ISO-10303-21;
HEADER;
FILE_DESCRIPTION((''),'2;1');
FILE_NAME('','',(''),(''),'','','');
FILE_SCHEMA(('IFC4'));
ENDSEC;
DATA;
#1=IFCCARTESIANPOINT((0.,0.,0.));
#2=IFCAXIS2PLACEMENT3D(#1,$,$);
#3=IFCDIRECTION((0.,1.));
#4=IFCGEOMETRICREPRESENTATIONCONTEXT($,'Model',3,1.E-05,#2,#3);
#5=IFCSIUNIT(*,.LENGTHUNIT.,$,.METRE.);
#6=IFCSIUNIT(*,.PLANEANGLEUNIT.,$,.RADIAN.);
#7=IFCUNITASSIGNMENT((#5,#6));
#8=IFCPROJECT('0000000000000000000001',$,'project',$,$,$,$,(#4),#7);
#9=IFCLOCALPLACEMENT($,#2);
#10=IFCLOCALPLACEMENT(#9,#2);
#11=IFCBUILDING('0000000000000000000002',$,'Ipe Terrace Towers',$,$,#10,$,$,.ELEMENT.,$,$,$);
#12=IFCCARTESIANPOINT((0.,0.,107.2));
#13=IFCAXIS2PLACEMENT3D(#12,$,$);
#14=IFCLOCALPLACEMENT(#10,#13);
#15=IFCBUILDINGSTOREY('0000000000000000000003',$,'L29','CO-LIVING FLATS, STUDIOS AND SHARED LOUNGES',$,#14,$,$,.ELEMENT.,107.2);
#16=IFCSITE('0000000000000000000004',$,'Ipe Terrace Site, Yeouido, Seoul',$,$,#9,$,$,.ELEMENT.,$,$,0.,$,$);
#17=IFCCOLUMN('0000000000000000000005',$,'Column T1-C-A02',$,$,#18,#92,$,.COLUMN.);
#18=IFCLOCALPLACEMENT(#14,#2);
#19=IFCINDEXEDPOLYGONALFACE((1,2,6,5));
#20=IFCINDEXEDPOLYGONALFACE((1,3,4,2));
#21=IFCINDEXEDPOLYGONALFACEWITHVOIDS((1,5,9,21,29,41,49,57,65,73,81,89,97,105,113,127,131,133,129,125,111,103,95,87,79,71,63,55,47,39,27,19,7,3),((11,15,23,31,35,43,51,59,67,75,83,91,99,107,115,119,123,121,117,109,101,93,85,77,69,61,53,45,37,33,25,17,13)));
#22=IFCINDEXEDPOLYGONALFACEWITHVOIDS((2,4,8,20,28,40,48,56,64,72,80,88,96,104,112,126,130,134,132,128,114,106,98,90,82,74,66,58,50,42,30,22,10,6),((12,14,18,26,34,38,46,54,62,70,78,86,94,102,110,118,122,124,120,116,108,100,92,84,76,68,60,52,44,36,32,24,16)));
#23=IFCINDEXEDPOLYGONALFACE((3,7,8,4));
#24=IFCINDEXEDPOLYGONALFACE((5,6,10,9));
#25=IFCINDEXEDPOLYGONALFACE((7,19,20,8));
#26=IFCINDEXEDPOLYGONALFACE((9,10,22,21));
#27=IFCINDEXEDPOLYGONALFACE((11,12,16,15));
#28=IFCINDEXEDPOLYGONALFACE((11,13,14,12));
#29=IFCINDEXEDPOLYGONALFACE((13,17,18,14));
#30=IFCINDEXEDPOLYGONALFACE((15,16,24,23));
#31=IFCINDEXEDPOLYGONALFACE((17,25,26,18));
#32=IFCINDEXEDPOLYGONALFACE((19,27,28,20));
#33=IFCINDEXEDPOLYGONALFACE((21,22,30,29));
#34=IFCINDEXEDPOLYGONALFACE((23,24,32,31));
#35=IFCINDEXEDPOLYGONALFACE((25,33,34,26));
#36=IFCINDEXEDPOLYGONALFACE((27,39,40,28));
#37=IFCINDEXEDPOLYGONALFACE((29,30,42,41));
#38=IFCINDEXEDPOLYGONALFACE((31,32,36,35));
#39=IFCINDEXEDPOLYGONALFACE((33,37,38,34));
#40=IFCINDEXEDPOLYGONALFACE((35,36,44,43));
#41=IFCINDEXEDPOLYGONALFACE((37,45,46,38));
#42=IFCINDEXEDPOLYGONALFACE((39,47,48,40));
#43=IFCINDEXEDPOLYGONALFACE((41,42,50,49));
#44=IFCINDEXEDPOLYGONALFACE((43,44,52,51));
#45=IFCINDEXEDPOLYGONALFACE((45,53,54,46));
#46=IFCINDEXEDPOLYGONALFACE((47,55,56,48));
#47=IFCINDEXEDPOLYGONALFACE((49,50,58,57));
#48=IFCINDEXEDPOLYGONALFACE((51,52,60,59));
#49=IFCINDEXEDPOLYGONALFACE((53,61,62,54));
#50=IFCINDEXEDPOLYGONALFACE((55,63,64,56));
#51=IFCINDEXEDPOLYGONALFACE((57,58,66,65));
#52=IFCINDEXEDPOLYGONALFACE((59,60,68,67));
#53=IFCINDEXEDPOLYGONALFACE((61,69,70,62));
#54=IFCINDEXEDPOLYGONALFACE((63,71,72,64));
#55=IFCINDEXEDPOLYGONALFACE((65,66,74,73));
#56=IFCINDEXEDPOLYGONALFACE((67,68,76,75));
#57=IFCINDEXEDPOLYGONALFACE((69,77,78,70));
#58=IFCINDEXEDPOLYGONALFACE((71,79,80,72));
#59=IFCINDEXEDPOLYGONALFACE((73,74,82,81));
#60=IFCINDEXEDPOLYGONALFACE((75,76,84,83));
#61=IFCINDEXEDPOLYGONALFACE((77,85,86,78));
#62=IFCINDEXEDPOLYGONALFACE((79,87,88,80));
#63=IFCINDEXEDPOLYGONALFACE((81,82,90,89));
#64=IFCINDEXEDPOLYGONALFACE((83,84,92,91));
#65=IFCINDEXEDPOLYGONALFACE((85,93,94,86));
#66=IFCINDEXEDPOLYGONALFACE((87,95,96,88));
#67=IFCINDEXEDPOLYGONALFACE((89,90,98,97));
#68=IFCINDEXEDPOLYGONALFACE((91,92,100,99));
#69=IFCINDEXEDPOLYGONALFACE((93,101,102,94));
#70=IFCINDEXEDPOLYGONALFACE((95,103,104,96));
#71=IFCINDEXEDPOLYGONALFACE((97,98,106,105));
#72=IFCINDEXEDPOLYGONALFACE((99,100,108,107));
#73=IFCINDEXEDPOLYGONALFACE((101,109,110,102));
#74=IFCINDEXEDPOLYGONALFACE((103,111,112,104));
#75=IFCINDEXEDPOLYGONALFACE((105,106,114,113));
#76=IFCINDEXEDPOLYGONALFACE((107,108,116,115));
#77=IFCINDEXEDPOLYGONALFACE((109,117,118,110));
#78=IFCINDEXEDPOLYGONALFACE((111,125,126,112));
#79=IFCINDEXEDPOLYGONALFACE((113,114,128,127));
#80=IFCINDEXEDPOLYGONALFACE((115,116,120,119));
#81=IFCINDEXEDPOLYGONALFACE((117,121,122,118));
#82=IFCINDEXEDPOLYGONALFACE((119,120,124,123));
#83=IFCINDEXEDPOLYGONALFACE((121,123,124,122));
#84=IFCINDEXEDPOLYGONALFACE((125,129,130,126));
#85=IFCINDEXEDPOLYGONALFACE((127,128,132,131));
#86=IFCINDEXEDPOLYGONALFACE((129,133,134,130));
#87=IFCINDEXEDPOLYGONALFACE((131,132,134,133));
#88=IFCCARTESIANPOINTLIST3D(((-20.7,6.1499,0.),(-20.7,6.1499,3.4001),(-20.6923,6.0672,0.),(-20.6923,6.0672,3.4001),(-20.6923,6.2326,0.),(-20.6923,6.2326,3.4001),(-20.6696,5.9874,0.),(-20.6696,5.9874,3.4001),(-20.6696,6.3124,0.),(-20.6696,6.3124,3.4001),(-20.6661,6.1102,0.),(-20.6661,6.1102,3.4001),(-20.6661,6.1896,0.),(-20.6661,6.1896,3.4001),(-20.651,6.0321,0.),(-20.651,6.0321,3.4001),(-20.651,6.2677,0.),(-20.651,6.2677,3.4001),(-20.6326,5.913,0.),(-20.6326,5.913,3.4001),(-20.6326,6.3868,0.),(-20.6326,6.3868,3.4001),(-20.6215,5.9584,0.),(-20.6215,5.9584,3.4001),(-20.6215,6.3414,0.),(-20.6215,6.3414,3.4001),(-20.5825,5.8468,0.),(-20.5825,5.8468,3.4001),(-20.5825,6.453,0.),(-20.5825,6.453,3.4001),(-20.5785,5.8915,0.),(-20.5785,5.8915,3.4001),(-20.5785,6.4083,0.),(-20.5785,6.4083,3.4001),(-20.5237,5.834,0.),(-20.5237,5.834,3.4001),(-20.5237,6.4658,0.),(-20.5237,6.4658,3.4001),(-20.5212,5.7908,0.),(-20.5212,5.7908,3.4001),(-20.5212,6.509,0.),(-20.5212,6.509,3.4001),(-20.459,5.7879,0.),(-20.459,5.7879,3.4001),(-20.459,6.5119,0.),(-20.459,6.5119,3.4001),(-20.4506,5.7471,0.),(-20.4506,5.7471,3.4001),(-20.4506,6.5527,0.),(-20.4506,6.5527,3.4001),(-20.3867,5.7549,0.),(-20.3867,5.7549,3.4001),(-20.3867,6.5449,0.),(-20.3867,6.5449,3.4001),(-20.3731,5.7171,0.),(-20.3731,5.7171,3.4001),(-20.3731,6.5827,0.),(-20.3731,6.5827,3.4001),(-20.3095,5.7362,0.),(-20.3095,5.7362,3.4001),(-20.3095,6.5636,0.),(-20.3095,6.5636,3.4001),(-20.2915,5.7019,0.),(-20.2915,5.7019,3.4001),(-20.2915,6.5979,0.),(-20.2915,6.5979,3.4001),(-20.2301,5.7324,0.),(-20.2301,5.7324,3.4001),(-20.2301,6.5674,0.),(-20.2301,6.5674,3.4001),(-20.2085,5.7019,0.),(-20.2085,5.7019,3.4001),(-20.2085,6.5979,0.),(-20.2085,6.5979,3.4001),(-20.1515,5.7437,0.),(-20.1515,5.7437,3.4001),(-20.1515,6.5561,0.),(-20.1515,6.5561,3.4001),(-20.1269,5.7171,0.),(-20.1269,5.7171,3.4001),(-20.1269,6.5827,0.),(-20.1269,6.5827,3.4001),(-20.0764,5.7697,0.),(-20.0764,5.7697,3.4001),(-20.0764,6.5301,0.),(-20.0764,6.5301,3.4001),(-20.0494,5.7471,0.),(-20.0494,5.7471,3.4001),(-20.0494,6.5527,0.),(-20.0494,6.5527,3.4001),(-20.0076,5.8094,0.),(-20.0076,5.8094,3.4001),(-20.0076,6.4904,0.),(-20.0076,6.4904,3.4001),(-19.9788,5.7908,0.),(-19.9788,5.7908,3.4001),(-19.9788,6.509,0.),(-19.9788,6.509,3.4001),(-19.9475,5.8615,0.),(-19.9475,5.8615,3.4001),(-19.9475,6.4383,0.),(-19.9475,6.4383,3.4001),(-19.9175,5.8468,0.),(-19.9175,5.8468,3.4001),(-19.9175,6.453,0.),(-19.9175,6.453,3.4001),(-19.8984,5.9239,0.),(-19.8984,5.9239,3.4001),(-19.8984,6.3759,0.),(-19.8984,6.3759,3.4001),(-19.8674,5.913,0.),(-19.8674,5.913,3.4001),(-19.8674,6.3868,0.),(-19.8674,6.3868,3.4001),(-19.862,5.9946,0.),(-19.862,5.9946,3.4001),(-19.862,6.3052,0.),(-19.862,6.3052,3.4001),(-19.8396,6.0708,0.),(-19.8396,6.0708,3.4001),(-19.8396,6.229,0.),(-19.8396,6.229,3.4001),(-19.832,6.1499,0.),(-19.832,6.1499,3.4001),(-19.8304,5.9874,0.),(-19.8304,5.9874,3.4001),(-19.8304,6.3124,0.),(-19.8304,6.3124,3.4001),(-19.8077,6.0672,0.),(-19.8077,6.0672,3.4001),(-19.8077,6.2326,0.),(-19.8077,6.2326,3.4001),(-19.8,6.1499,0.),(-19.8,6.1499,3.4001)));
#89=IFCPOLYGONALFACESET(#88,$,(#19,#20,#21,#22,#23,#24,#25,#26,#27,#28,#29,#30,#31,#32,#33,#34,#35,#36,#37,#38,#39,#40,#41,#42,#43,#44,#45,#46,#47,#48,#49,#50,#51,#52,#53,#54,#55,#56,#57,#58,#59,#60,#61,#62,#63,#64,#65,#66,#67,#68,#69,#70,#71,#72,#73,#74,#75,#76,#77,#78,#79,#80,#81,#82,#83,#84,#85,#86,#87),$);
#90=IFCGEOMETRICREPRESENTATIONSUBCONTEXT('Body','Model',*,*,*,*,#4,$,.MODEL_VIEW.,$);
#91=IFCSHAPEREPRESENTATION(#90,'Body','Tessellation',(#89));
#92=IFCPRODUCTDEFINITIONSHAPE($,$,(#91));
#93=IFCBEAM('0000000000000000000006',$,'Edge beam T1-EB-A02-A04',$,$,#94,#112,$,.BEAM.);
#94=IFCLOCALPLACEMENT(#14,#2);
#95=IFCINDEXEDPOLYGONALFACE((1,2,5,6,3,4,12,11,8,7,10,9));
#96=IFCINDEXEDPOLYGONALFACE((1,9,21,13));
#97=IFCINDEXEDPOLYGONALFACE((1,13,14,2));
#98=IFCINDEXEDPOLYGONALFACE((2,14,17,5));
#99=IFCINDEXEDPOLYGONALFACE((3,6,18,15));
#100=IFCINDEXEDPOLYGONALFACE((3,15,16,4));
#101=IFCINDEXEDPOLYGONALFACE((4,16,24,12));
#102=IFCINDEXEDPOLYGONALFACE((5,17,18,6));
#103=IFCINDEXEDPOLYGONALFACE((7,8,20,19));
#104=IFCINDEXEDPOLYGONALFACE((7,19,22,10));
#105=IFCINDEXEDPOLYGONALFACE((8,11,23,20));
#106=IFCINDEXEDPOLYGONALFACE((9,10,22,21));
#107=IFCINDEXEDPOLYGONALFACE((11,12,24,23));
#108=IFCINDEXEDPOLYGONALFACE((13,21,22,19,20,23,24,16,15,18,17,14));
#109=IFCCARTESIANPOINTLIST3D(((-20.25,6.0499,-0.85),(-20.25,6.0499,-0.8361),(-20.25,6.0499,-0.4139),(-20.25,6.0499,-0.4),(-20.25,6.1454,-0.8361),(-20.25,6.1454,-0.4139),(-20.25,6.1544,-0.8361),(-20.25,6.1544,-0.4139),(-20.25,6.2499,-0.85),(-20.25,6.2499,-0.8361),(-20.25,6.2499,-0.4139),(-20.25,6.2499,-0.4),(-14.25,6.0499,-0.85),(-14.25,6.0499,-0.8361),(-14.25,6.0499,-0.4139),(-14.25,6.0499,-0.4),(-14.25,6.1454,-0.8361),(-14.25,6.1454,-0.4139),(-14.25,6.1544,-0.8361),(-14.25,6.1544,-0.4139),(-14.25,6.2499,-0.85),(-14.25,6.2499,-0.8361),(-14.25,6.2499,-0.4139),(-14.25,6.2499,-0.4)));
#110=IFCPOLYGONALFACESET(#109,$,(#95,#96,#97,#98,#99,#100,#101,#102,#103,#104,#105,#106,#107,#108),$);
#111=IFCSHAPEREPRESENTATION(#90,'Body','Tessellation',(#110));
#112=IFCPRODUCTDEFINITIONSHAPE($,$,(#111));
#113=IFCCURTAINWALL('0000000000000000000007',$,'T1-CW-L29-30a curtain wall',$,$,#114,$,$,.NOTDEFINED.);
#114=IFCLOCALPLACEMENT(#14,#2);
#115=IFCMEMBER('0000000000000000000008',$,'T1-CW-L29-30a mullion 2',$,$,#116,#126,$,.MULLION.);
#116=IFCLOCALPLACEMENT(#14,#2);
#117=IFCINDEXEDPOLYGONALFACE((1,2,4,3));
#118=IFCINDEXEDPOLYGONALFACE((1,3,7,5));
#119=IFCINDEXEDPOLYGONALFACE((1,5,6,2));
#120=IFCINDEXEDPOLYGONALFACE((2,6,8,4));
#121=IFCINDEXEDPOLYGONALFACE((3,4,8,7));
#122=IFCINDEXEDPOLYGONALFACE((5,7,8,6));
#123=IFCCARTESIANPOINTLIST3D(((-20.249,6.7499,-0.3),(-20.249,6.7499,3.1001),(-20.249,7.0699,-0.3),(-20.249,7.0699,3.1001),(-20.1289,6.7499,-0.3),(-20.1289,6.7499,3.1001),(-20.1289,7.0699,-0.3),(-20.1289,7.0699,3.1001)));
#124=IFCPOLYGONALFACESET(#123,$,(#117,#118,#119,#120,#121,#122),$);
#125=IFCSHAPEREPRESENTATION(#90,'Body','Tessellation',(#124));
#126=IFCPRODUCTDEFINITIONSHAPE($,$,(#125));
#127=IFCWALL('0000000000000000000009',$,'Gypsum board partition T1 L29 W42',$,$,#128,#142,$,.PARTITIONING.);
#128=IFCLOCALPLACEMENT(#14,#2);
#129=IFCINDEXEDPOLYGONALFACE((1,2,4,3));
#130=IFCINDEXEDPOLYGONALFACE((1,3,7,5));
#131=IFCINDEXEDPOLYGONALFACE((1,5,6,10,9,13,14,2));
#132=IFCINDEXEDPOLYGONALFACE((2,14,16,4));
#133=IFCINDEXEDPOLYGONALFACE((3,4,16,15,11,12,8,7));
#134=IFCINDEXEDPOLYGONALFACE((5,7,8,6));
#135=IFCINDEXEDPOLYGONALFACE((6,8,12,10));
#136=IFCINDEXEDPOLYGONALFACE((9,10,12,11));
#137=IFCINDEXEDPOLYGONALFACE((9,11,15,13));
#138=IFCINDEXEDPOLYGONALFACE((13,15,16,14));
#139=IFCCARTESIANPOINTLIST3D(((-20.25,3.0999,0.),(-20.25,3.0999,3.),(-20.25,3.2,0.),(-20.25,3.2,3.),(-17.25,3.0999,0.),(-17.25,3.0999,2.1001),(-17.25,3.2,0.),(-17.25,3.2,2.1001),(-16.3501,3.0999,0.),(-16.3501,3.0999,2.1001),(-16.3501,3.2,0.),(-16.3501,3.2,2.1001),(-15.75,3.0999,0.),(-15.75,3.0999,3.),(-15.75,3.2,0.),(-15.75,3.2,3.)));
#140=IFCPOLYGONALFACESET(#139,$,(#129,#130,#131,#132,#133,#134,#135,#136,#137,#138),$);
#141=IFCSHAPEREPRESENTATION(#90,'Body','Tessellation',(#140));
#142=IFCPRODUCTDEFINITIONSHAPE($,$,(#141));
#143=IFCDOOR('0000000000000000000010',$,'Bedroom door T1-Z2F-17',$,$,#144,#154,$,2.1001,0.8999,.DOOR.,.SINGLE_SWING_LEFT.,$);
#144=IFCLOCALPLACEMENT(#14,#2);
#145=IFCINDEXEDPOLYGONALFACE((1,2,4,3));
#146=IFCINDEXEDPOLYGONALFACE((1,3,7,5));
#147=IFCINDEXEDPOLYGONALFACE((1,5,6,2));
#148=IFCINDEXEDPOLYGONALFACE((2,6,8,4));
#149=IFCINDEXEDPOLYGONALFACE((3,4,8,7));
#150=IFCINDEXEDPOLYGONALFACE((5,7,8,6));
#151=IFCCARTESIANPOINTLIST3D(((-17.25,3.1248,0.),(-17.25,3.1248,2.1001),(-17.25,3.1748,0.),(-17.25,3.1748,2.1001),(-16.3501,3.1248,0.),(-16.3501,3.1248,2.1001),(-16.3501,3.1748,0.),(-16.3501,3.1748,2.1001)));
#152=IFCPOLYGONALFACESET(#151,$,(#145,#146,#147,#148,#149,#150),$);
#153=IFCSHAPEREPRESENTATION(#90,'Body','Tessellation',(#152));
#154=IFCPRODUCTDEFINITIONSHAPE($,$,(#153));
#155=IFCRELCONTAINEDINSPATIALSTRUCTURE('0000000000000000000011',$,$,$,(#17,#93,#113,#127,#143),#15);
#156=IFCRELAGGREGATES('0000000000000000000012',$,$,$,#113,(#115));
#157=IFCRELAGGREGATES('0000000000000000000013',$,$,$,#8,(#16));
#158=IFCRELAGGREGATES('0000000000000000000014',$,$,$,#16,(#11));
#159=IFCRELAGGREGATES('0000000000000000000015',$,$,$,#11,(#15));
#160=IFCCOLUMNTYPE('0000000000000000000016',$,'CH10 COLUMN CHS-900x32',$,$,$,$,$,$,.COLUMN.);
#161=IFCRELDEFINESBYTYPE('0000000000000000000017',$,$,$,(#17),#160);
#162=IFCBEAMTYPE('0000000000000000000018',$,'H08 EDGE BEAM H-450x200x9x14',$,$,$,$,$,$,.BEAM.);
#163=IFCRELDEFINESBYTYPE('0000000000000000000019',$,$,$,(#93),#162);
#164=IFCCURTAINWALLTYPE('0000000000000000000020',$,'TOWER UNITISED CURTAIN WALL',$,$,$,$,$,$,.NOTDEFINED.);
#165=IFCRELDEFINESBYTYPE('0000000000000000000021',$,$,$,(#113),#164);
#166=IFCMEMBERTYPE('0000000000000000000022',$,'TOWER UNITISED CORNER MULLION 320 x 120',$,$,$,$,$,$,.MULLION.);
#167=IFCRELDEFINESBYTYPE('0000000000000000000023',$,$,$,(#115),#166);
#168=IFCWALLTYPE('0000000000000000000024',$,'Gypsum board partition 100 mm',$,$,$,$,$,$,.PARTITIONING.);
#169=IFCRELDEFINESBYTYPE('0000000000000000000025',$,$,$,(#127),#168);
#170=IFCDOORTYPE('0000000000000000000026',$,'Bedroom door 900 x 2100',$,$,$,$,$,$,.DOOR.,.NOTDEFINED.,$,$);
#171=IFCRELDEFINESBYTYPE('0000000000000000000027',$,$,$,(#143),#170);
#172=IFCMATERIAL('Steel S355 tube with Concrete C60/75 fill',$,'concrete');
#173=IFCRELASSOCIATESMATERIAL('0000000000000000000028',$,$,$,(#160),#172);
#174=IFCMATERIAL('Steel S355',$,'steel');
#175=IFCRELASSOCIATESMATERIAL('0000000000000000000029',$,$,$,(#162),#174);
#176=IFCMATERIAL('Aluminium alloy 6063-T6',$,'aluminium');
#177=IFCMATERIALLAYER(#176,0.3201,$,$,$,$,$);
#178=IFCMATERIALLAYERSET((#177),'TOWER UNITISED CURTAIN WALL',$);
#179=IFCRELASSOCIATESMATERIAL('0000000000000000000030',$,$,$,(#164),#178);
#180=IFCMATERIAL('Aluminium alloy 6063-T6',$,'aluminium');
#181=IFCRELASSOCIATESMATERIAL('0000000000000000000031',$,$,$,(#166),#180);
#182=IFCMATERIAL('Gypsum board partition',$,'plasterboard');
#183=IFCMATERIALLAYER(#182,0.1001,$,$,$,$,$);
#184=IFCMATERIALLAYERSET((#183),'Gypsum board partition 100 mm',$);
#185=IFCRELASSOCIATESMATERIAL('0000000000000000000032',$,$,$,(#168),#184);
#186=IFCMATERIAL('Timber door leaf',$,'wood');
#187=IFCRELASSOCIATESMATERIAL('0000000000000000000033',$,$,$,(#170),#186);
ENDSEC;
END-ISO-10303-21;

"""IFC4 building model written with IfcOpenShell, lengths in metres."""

from ifc_helpers import new_model, si_unit, direction, frame, frame_2d, origin, origin_2d, place, context, subcontext, project, spatial, rectangle, hollow_circle, i_section, extrude, material, layer, layer_set, material_profile, profile_set, type_object, element, fill, aggregate, save


model = new_model("IFC4")

# Units and contexts
model_context = context("Model", 3, precision=1e-05, world=origin(), true_north=direction((0.0, 1.0)))
body_context = subcontext(model_context, "Body", "Model", "MODEL_VIEW")
ifc_project = project(units=[si_unit("LENGTHUNIT", "METRE"), si_unit("PLANEANGLEUNIT", "RADIAN")], contexts=[model_context])

# Site, building, storey
site_placement = place(None, origin())
site = spatial("IfcSite", under=ifc_project, at=site_placement, Name="Ipe Terrace Site, Yeouido, Seoul", CompositionType="ELEMENT", RefElevation=0.0)
building_placement = place(site_placement, origin())
building = spatial("IfcBuilding", under=site, at=building_placement, Name="Ipe Terrace Towers", CompositionType="ELEMENT")
storey_placement = place(building_placement, frame((0.0, 0.0, 107.2)))
storey = spatial("IfcBuildingStorey", under=building, at=storey_placement, Name="L29", Description="CO-LIVING FLATS, STUDIOS AND SHARED LOUNGES", CompositionType="ELEMENT", Elevation=107.2)

# Column
ifc_material_1 = material(Name="Steel S355 tube with Concrete C60/75 fill", Category="concrete")
ifc_material_profile_1 = material_profile(ifc_material_1, hollow_circle(Radius=0.45, WallThickness=0.032, at=origin_2d()), Name="CHS-900x32")
ifc_profile_set_1 = profile_set([ifc_material_profile_1], Name="Steel S355 tube with Concrete C60/75 fill")
column_type = type_object("IfcColumnType", Name="CH10 COLUMN CHS-900x32", PredefinedType="COLUMN", material=ifc_profile_set_1)
column_placement = place(storey_placement, frame((-20.25, 6.1499, 0.0), z_axis=(0.0, 0.0, 1.0), x_axis=(1.0, 0.0, 0.0)))
element("IfcColumn", 1, at=column_placement, inside=storey, type_object=column_type, Name="Column T1-C-A02", PredefinedType="COLUMN", context=body_context, shape_type="SweptSolid", body=[
    extrude(hollow_circle(Radius=0.45, WallThickness=0.032, at=origin_2d()), origin(), (0.0, 0.0, 1.0), 3.4001),
])

# Beam
ifc_material_2 = material(Name="Steel S355", Category="steel")
ifc_material_profile_2 = material_profile(ifc_material_2, i_section(OverallWidth=0.2, OverallDepth=0.45, WebThickness=0.009, FlangeThickness=0.0139, at=origin_2d()), Name="H-450x200x9x14")
ifc_profile_set_2 = profile_set([ifc_material_profile_2], Name="Steel S355")
beam_type = type_object("IfcBeamType", Name="H08 EDGE BEAM H-450x200x9x14", PredefinedType="BEAM", material=ifc_profile_set_2)
beam_placement = place(storey_placement, frame((-20.25, 6.1499, -0.625), z_axis=(1.0, 0.0, 0.0), x_axis=(0.0, 1.0, 0.0)))
element("IfcBeam", 2, at=beam_placement, inside=storey, type_object=beam_type, Name="Edge beam T1-EB-A02-A04", PredefinedType="BEAM", context=body_context, shape_type="SweptSolid", body=[
    extrude(i_section(OverallWidth=0.2, OverallDepth=0.45, WebThickness=0.009, FlangeThickness=0.0139, at=origin_2d()), origin(), (0.0, 0.0, 1.0), 6.0),
])

# Curtain wall, member
ifc_material_3 = material(Name="Aluminium alloy 6063-T6", Category="aluminium")
ifc_layer_1 = layer(ifc_material_3, 0.3201)
ifc_layer_set_1 = layer_set([ifc_layer_1], Name="TOWER UNITISED CURTAIN WALL")
curtain_wall_type = type_object("IfcCurtainWallType", Name="TOWER UNITISED CURTAIN WALL", PredefinedType="NOTDEFINED", material=ifc_layer_set_1)
curtain_wall_placement = place(storey_placement, origin())
curtain_wall = element("IfcCurtainWall", 3, at=curtain_wall_placement, inside=storey, type_object=curtain_wall_type, Name="T1-CW-L29-30a curtain wall", PredefinedType="NOTDEFINED")
ifc_material_4 = material(Name="Aluminium alloy 6063-T6", Category="aluminium")
ifc_material_profile_3 = material_profile(ifc_material_4, rectangle(XDim=0.3201, YDim=0.1201, at=origin_2d()), Name="TOWER UNITISED CORNER MULLION 320 x 120")
ifc_profile_set_3 = profile_set([ifc_material_profile_3], Name="Aluminium alloy 6063-T6")
member_type = type_object("IfcMemberType", Name="TOWER UNITISED CORNER MULLION 320 x 120", PredefinedType="MULLION", material=ifc_profile_set_3)
member_placement = place(storey_placement, frame((-20.189, 6.9099, -0.3), z_axis=(0.0, 0.0, 1.0), x_axis=(0.0, 1.0, 0.0)))
member = element("IfcMember", 4, at=member_placement, type_object=member_type, Name="T1-CW-L29-30a mullion 2", PredefinedType="MULLION", context=body_context, shape_type="SweptSolid", body=[
    extrude(rectangle(XDim=0.3201, YDim=0.1201, at=origin_2d()), origin(), (0.0, 0.0, 1.0), 3.4001),
])
aggregate(curtain_wall, [member])

# Wall, opening, door
ifc_material_5 = material(Name="Gypsum board partition", Category="plasterboard")
ifc_layer_2 = layer(ifc_material_5, 0.1001)
ifc_layer_set_2 = layer_set([ifc_layer_2], Name="Gypsum board partition 100 mm")
wall_type_1 = type_object("IfcWallType", Name="Gypsum board partition 100 mm", PredefinedType="PARTITIONING", material=ifc_layer_set_2)
wall_1_placement = place(storey_placement, frame((-20.25, 3.1499, 0.0), z_axis=(0.0, 0.0, 1.0), x_axis=(1.0, 0.0, 0.0)))
wall_1 = element("IfcWall", 5, at=wall_1_placement, inside=storey, type_object=wall_type_1, Name="Gypsum board partition T1 L29 W42", PredefinedType="PARTITIONING", context=body_context, shape_type="SweptSolid", body=[
    extrude(rectangle(XDim=4.5, YDim=0.1001, at=frame_2d((2.25, 0.0))), origin(), (0.0, 0.0, 1.0), 3.0),
])
opening_1_placement = place(wall_1_placement, frame((3.0, 0.0, 0.0)))
opening_1 = element("IfcOpeningElement", 6, at=opening_1_placement, cuts=wall_1, PredefinedType="OPENING", context=body_context, shape_type="SweptSolid", body=[
    extrude(rectangle(XDim=0.8999, YDim=2.1001, at=frame_2d((0.45, 1.05))), frame((0.0, 0.0601, 0.0), z_axis=(0.0, -1.0, 0.0), x_axis=(1.0, 0.0, 0.0)), (0.0, 0.0, 1.0), 0.1201),
])
ifc_material_6 = material(Name="Timber door leaf", Category="wood")
door_type_1 = type_object("IfcDoorType", Name="Bedroom door 900 x 2100", OperationType="NOTDEFINED", PredefinedType="DOOR", material=ifc_material_6)
door_1_placement = place(opening_1_placement, origin())
door_1 = element("IfcDoor", 7, at=door_1_placement, inside=storey, type_object=door_type_1, Name="Bedroom door T1-Z2F-17", OperationType="SINGLE_SWING_LEFT", OverallHeight=2.1001, OverallWidth=0.8999, PredefinedType="DOOR", context=body_context, shape_type="SweptSolid", body=[
    extrude(rectangle(XDim=0.8999, YDim=2.1001, at=frame_2d((0.45, 1.05))), frame((0.0, 0.0249, 0.0), z_axis=(0.0, -1.0, 0.0), x_axis=(1.0, 0.0, 0.0)), (0.0, 0.0, 1.0), 0.05),
])
fill(opening_1, door_1)

save(model, "model.ifc")
